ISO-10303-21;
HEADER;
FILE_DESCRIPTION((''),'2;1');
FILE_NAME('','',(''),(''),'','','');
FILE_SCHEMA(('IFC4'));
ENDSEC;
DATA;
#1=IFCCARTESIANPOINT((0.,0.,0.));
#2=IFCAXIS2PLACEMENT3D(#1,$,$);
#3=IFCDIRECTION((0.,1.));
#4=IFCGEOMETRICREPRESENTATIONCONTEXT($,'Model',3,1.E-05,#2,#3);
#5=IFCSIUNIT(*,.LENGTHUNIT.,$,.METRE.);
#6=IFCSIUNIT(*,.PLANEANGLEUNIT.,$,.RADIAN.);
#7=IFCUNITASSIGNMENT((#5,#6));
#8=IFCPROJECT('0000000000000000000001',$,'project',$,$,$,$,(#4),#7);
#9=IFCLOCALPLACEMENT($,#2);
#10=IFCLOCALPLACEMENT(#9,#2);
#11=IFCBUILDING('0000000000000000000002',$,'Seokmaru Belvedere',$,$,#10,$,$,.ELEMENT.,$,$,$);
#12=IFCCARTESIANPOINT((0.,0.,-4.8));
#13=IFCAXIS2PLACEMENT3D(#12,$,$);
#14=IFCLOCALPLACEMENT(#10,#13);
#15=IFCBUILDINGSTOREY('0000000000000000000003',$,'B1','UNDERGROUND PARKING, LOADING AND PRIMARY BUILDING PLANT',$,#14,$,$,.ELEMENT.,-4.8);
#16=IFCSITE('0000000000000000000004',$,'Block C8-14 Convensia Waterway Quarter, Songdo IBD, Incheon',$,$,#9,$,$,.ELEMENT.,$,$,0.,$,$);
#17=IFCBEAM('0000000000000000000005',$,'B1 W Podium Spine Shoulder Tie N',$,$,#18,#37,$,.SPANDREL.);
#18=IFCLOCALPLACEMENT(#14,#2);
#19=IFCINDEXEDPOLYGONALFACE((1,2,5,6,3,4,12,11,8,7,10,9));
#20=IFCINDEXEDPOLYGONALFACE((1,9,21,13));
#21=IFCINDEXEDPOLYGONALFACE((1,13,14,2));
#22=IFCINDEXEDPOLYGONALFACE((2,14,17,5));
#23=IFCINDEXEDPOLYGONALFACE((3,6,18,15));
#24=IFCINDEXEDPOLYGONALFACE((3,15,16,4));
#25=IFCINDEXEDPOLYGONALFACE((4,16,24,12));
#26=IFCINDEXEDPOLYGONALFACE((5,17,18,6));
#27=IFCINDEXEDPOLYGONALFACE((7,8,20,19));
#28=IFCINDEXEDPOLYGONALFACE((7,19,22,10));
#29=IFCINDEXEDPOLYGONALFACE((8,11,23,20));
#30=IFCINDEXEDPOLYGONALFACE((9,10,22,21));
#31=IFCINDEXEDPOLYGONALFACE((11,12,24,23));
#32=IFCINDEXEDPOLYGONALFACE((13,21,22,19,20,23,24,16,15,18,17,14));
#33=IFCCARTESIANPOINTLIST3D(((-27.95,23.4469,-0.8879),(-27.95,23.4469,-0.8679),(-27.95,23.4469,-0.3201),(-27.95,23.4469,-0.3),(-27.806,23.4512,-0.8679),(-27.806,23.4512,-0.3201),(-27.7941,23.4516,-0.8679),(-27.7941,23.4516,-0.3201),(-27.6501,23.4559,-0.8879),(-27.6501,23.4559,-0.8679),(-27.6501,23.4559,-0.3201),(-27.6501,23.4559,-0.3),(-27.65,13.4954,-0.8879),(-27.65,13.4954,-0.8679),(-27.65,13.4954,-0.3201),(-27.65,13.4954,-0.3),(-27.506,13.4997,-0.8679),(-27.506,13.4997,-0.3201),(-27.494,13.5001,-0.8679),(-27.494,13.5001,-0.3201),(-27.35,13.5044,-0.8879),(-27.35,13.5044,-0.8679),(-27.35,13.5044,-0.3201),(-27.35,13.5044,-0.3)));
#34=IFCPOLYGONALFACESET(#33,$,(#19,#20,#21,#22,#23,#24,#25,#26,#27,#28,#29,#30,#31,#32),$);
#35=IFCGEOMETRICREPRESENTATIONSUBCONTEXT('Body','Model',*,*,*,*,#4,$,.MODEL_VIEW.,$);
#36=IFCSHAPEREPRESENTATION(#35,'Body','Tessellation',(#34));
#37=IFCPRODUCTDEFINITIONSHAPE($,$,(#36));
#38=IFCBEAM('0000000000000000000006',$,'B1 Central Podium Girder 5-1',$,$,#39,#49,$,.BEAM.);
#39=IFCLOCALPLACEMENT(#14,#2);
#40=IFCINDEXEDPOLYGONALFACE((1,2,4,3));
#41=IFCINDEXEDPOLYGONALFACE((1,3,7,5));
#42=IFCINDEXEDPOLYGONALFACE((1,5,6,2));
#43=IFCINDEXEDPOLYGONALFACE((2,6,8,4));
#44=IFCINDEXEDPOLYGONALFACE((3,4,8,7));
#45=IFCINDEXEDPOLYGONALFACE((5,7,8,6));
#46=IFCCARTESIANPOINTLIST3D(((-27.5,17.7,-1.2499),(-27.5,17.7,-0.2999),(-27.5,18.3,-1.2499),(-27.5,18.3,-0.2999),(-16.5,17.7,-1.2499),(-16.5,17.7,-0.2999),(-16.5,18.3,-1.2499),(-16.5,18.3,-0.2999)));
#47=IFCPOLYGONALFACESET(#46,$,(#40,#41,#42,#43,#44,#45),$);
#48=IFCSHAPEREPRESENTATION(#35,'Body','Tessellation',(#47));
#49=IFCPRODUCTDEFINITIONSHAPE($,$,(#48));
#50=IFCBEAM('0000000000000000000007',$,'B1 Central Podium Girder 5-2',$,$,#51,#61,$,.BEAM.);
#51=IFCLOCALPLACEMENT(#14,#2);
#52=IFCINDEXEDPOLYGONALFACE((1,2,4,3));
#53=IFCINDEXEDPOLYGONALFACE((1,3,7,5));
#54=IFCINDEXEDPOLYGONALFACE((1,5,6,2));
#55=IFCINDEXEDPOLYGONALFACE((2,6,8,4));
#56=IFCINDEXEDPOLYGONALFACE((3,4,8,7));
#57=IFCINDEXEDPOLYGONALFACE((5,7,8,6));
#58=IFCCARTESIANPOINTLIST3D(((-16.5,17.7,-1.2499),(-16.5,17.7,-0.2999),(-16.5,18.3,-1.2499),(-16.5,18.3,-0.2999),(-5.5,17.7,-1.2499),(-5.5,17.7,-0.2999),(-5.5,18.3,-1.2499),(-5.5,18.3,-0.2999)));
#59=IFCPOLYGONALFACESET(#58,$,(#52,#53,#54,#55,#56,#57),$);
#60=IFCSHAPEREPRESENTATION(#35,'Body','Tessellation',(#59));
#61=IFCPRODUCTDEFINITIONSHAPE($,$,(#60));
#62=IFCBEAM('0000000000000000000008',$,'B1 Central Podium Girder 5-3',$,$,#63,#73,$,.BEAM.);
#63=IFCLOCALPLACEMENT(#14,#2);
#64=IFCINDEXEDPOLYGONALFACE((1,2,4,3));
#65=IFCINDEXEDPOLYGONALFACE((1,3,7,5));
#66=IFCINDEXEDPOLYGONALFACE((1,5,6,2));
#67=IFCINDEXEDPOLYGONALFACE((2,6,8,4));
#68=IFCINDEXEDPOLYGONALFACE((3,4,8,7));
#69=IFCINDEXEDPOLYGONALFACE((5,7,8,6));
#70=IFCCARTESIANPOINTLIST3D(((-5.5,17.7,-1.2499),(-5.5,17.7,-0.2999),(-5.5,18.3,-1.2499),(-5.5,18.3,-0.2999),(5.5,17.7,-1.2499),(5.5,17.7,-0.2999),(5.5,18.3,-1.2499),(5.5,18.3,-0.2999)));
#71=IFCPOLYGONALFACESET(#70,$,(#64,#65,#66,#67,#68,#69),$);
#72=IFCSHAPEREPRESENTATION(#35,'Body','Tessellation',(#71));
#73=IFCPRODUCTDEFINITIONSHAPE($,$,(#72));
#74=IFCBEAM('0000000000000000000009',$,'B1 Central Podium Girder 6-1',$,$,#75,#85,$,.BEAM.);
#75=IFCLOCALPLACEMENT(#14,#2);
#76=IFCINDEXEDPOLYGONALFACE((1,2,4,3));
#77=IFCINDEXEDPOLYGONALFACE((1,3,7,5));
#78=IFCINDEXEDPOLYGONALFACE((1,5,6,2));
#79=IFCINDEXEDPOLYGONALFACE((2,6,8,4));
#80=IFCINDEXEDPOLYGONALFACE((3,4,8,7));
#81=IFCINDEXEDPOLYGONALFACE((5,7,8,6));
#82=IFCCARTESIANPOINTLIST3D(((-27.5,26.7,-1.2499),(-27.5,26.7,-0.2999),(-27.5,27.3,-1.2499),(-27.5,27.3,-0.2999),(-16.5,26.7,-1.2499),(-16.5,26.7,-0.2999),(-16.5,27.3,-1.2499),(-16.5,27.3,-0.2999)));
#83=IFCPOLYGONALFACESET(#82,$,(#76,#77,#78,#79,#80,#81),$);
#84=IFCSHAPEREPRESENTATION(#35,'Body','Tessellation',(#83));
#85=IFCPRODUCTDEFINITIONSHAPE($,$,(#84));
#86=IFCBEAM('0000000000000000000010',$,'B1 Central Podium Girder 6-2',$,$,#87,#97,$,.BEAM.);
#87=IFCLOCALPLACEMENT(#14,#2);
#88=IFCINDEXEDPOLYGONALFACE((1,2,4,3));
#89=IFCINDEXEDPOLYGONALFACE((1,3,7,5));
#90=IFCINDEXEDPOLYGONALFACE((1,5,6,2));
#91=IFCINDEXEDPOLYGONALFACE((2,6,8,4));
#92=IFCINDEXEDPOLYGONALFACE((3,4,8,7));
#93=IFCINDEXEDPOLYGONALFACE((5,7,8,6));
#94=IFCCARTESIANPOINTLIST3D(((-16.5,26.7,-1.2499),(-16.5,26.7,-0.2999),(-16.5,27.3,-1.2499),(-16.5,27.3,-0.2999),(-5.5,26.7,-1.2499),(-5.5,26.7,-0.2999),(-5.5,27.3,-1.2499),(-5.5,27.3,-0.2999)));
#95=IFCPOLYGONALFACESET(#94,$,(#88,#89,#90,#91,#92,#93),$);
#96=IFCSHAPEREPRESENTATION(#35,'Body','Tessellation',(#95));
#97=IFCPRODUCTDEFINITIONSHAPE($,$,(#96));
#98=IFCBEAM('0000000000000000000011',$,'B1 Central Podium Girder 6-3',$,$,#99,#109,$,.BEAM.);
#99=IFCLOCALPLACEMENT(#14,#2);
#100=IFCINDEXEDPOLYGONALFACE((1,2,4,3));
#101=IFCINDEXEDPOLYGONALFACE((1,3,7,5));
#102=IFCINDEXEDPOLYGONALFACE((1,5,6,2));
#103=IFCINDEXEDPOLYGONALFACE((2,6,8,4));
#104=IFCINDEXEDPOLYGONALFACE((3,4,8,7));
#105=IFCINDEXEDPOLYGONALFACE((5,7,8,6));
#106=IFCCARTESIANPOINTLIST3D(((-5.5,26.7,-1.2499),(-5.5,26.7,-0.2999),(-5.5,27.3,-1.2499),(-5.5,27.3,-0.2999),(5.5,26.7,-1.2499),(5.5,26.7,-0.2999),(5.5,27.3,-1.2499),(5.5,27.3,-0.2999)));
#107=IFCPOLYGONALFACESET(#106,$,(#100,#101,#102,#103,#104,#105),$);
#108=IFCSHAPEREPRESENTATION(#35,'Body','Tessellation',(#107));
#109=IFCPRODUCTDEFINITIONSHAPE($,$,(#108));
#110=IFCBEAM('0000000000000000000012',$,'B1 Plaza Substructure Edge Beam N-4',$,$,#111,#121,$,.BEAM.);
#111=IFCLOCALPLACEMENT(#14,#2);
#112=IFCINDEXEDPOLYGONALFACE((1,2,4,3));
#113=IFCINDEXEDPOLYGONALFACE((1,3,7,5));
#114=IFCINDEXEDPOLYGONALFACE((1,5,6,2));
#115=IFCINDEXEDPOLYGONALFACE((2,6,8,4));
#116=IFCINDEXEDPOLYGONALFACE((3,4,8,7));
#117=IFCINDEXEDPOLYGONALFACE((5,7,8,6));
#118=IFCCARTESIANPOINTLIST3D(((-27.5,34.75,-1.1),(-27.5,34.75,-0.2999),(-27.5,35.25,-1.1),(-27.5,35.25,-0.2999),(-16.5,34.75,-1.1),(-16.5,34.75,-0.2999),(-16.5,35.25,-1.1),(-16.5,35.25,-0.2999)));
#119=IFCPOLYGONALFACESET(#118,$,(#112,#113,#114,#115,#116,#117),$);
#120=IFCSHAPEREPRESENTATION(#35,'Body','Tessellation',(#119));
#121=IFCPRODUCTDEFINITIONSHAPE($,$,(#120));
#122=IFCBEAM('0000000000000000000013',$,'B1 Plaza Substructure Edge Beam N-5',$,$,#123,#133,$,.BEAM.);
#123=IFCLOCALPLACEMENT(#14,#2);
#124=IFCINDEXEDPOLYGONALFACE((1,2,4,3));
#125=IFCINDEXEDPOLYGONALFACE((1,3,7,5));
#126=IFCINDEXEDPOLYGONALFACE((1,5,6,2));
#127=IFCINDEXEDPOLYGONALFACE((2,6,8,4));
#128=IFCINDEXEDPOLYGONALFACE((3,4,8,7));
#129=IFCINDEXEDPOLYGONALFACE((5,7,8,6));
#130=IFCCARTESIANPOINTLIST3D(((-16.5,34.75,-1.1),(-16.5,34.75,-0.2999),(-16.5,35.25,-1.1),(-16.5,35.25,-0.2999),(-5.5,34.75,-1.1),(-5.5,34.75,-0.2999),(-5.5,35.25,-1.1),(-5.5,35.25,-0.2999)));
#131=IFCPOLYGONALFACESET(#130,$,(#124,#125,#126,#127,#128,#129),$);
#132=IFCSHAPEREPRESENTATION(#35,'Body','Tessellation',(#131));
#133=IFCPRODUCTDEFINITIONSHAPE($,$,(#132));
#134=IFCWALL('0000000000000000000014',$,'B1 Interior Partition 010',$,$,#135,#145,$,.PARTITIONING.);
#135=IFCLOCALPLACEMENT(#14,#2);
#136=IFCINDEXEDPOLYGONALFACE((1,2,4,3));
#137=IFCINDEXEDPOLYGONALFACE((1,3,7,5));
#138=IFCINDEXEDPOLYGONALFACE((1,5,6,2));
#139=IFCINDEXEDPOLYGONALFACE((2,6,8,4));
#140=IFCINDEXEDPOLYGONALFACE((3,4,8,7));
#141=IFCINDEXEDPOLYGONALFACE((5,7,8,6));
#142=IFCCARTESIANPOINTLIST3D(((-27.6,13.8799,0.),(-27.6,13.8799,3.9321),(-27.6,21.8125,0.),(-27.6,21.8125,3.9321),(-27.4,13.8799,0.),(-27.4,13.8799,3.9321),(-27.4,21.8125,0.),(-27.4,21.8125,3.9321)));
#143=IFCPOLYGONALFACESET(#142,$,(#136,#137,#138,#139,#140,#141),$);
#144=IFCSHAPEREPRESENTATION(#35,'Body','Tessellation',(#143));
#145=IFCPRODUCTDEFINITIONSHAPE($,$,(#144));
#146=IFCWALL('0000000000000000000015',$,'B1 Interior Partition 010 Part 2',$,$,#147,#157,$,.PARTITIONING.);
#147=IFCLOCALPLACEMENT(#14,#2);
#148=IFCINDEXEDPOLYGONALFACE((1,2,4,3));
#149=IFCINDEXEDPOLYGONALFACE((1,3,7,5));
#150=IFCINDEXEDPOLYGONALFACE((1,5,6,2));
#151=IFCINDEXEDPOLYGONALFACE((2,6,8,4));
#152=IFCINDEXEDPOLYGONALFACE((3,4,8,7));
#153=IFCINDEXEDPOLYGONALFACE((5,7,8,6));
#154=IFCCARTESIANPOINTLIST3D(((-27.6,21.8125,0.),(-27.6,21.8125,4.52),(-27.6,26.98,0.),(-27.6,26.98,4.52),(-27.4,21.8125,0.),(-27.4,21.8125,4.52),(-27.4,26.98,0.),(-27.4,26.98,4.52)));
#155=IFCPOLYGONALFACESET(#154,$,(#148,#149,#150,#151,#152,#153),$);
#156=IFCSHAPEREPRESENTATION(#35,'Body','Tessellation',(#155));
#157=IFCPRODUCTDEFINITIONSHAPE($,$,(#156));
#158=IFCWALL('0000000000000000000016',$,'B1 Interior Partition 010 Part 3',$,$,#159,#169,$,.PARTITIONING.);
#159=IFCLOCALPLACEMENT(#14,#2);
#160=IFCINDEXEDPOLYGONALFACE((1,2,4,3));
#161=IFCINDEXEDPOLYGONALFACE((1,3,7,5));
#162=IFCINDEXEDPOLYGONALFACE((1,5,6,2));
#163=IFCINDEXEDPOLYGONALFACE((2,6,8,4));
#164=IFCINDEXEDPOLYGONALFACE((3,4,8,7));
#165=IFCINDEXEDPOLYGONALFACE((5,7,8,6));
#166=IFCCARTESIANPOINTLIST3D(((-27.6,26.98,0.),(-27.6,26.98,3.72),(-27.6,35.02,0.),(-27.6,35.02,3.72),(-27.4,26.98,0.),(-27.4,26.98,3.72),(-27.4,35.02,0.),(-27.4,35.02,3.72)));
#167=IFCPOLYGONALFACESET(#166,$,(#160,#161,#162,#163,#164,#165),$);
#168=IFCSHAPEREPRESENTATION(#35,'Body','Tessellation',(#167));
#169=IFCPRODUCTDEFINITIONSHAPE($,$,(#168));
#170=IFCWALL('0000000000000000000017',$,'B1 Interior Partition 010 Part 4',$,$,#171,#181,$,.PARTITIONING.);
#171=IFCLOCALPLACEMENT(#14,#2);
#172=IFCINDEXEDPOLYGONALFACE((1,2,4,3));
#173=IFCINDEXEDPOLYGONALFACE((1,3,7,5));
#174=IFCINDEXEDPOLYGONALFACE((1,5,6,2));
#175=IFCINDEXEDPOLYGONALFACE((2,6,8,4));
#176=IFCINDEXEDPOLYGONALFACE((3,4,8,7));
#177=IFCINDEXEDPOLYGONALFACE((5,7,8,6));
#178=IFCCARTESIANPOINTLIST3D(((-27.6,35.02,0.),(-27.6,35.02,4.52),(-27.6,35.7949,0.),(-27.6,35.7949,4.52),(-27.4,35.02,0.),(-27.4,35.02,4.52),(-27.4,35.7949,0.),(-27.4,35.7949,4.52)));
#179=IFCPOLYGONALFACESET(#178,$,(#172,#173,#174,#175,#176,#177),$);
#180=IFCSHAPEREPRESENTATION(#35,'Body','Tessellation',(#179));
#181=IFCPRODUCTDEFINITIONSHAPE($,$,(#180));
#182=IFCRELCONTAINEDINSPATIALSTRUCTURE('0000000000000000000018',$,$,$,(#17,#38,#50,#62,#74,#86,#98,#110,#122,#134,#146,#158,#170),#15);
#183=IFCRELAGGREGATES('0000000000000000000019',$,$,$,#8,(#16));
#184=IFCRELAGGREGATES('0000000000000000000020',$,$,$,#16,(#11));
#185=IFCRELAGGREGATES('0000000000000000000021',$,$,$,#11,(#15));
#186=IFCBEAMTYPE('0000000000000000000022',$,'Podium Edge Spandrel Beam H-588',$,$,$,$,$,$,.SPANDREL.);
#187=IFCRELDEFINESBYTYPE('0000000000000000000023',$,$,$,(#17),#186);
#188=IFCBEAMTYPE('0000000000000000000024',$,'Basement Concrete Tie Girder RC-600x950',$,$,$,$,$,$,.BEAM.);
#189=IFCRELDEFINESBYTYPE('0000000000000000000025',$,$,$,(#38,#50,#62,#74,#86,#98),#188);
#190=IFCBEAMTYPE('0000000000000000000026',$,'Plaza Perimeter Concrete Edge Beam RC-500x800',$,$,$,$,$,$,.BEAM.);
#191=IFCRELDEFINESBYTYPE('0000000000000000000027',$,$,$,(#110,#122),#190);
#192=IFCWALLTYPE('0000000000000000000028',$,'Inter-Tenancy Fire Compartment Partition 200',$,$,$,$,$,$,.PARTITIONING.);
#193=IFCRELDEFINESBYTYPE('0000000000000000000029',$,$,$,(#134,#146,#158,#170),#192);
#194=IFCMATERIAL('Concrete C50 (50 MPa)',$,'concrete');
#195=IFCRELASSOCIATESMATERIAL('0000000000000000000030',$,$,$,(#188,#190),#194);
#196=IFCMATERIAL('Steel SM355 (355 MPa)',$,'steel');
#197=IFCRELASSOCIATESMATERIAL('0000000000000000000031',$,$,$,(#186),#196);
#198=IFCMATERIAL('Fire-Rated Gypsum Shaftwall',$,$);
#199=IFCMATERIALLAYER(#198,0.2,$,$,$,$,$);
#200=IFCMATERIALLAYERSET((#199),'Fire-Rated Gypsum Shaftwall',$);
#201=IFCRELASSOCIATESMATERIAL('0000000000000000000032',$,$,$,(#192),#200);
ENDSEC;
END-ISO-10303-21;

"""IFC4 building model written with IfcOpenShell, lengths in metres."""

from ifc_helpers import new_model, si_unit, direction, frame, frame_2d, origin, origin_2d, place, context, subcontext, project, spatial, rectangle, i_section, extrude, source, transform, mapped, material, layer, layer_set, material_profile, profile_set, type_object, type_shapes, element, save


model = new_model("IFC4")

# Units and contexts
model_context = context("Model", 3, precision=1e-05, world=origin(), true_north=direction((0.0, 1.0)))
body_context = subcontext(model_context, "Body", "Model", "MODEL_VIEW")
ifc_project = project(units=[si_unit("LENGTHUNIT", "METRE"), si_unit("PLANEANGLEUNIT", "RADIAN")], contexts=[model_context])

# Site, building, storey
site_placement = place(None, origin())
site = spatial("IfcSite", under=ifc_project, at=site_placement, Name="Block C8-14 Convensia Waterway Quarter, Songdo IBD, Incheon", CompositionType="ELEMENT", RefElevation=0.0)
building_placement = place(site_placement, origin())
building = spatial("IfcBuilding", under=site, at=building_placement, Name="Seokmaru Belvedere", CompositionType="ELEMENT")
storey_placement = place(building_placement, frame((0.0, 0.0, -4.8)))
storey = spatial("IfcBuildingStorey", under=building, at=storey_placement, Name="B1", Description="UNDERGROUND PARKING, LOADING AND PRIMARY BUILDING PLANT", CompositionType="ELEMENT", Elevation=-4.8)

# Shared definitions
ifc_material_1 = material(Name="Concrete C50 (50 MPa)", Category="concrete")

# Beams
ifc_material_profile_1 = material_profile(ifc_material_1, rectangle(XDim=0.6001, YDim=0.95, at=origin_2d()), Name="RC-600x950")
ifc_profile_set_1 = profile_set([ifc_material_profile_1], Name="Concrete C50 (50 MPa)")
beam_type_1 = type_object("IfcBeamType", Name="Basement Concrete Tie Girder RC-600x950", PredefinedType="BEAM", material=ifc_profile_set_1)
ifc_material_2 = material(Name="Steel SM355 (355 MPa)", Category="steel")
ifc_material_profile_2 = material_profile(ifc_material_2, i_section(OverallWidth=0.3, OverallDepth=0.5879, WebThickness=0.012, FlangeThickness=0.02, at=origin_2d()), Name="H-588x300x12x20")
ifc_profile_set_2 = profile_set([ifc_material_profile_2], Name="Steel SM355 (355 MPa)")
beam_type_2 = type_object("IfcBeamType", Name="Podium Edge Spandrel Beam H-588", PredefinedType="SPANDREL", material=ifc_profile_set_2)
shared_shape_1 = source(origin(), body_context, "Body", "SweptSolid", [
    extrude(i_section(OverallWidth=0.3, OverallDepth=0.5879, WebThickness=0.012, FlangeThickness=0.02, at=origin_2d()), origin(), (0.0, 0.0, 1.0), 9.9561),
])
type_shapes(beam_type_2, [shared_shape_1])
beam_1_placement = place(storey_placement, frame((-27.8, 23.4514, -0.594), z_axis=(0.030138, -0.999546, 0.0), x_axis=(0.999546, 0.030138, 0.0)))
element("IfcBeam", 1, at=beam_1_placement, inside=storey, type_object=beam_type_2, Name="B1 W Podium Spine Shoulder Tie N", PredefinedType="SPANDREL", context=body_context, shape_type="MappedRepresentation", body=[
    mapped(shared_shape_1, transform((0.0, 0.0, 0.0), scale=1.0)),
])
shared_shape_2 = source(origin(), body_context, "Body", "SweptSolid", [
    extrude(rectangle(XDim=0.6001, YDim=0.95, at=origin_2d()), origin(), (0.0, 0.0, 1.0), 11.0),
])
for number, where, z_axis, x_axis, name in (
    (2, (-27.5, 18.0, -0.7749), (1.0, 0.0, 0.0), (0.0, 1.0, 0.0), "B1 Central Podium Girder 5-1"),
    (3, (-16.5, 18.0, -0.7749), (1.0, 0.0, 0.0), (0.0, 1.0, 0.0), "B1 Central Podium Girder 5-2"),
    (4, (-5.5, 18.0, -0.7749), (1.0, 0.0, 0.0), (0.0, 1.0, 0.0), "B1 Central Podium Girder 5-3"),
    (5, (-27.5, 27.0, -0.7749), (1.0, 0.0, 0.0), (0.0, 1.0, 0.0), "B1 Central Podium Girder 6-1"),
    (6, (-16.5, 27.0, -0.7749), (1.0, 0.0, 0.0), (0.0, 1.0, 0.0), "B1 Central Podium Girder 6-2"),
    (7, (-5.5, 27.0, -0.7749), (1.0, 0.0, 0.0), (0.0, 1.0, 0.0), "B1 Central Podium Girder 6-3"),
):
    element("IfcBeam", number, at=place(storey_placement, frame(where, z_axis=z_axis, x_axis=x_axis)), inside=storey, type_object=beam_type_1, Name=name, PredefinedType="BEAM", context=body_context, shape_type="MappedRepresentation", body=[
        mapped(shared_shape_2, transform((0.0, 0.0, 0.0), scale=1.0)),
    ])
ifc_material_profile_3 = material_profile(ifc_material_1, rectangle(XDim=0.5, YDim=0.8, at=origin_2d()), Name="RC-500x800")
ifc_profile_set_3 = profile_set([ifc_material_profile_3], Name="Concrete C50 (50 MPa)")
beam_type_3 = type_object("IfcBeamType", Name="Plaza Perimeter Concrete Edge Beam RC-500x800", PredefinedType="BEAM", material=ifc_profile_set_3)
shared_shape_3 = source(origin(), body_context, "Body", "SweptSolid", [
    extrude(rectangle(XDim=0.5, YDim=0.8, at=origin_2d()), origin(), (0.0, 0.0, 1.0), 11.0),
])
type_shapes(beam_type_3, [shared_shape_3])
for number, where, z_axis, x_axis, name in (
    (8, (-27.5, 35.0, -0.7), (1.0, 0.0, 0.0), (0.0, 1.0, 0.0), "B1 Plaza Substructure Edge Beam N-4"),
    (9, (-16.5, 35.0, -0.7), (1.0, 0.0, 0.0), (0.0, 1.0, 0.0), "B1 Plaza Substructure Edge Beam N-5"),
):
    element("IfcBeam", number, at=place(storey_placement, frame(where, z_axis=z_axis, x_axis=x_axis)), inside=storey, type_object=beam_type_3, Name=name, PredefinedType="BEAM", context=body_context, shape_type="MappedRepresentation", body=[
        mapped(shared_shape_3, transform((0.0, 0.0, 0.0), scale=1.0)),
    ])

# Walls
ifc_material_3 = material(Name="Fire-Rated Gypsum Shaftwall")
ifc_layer = layer(ifc_material_3, 0.2)
ifc_layer_set = layer_set([ifc_layer], Name="Fire-Rated Gypsum Shaftwall")
wall_type = type_object("IfcWallType", Name="Inter-Tenancy Fire Compartment Partition 200", PredefinedType="PARTITIONING", material=ifc_layer_set)
wall_1_placement = place(storey_placement, frame((-27.5, 13.8799, 0.0), z_axis=(0.0, 0.0, 1.0), x_axis=(0.0, 1.0, 0.0)))
element("IfcWall", 10, at=wall_1_placement, inside=storey, type_object=wall_type, Name="B1 Interior Partition 010", PredefinedType="PARTITIONING", context=body_context, shape_type="SweptSolid", body=[
    extrude(rectangle(XDim=7.9326, YDim=0.2, at=frame_2d((3.9663, 0.0))), origin(), (0.0, 0.0, 1.0), 3.9321),
])
wall_2_placement = place(storey_placement, frame((-27.5, 21.8125, 0.0), z_axis=(0.0, 0.0, 1.0), x_axis=(0.0, 1.0, 0.0)))
element("IfcWall", 11, at=wall_2_placement, inside=storey, type_object=wall_type, Name="B1 Interior Partition 010 Part 2", PredefinedType="PARTITIONING", context=body_context, shape_type="SweptSolid", body=[
    extrude(rectangle(XDim=5.1675, YDim=0.2, at=frame_2d((2.5837, 0.0))), origin(), (0.0, 0.0, 1.0), 4.52),
])
wall_3_placement = place(storey_placement, frame((-27.5, 26.98, 0.0), z_axis=(0.0, 0.0, 1.0), x_axis=(0.0, 1.0, 0.0)))
element("IfcWall", 12, at=wall_3_placement, inside=storey, type_object=wall_type, Name="B1 Interior Partition 010 Part 3", PredefinedType="PARTITIONING", context=body_context, shape_type="SweptSolid", body=[
    extrude(rectangle(XDim=8.04, YDim=0.2, at=frame_2d((4.02, 0.0))), origin(), (0.0, 0.0, 1.0), 3.72),
])
wall_4_placement = place(storey_placement, frame((-27.5, 35.02, 0.0), z_axis=(0.0, 0.0, 1.0), x_axis=(0.0, 1.0, 0.0)))
element("IfcWall", 13, at=wall_4_placement, inside=storey, type_object=wall_type, Name="B1 Interior Partition 010 Part 4", PredefinedType="PARTITIONING", context=body_context, shape_type="SweptSolid", body=[
    extrude(rectangle(XDim=0.7749, YDim=0.2, at=frame_2d((0.3875, 0.0))), origin(), (0.0, 0.0, 1.0), 4.52),
])

save(model, "model.ifc")
